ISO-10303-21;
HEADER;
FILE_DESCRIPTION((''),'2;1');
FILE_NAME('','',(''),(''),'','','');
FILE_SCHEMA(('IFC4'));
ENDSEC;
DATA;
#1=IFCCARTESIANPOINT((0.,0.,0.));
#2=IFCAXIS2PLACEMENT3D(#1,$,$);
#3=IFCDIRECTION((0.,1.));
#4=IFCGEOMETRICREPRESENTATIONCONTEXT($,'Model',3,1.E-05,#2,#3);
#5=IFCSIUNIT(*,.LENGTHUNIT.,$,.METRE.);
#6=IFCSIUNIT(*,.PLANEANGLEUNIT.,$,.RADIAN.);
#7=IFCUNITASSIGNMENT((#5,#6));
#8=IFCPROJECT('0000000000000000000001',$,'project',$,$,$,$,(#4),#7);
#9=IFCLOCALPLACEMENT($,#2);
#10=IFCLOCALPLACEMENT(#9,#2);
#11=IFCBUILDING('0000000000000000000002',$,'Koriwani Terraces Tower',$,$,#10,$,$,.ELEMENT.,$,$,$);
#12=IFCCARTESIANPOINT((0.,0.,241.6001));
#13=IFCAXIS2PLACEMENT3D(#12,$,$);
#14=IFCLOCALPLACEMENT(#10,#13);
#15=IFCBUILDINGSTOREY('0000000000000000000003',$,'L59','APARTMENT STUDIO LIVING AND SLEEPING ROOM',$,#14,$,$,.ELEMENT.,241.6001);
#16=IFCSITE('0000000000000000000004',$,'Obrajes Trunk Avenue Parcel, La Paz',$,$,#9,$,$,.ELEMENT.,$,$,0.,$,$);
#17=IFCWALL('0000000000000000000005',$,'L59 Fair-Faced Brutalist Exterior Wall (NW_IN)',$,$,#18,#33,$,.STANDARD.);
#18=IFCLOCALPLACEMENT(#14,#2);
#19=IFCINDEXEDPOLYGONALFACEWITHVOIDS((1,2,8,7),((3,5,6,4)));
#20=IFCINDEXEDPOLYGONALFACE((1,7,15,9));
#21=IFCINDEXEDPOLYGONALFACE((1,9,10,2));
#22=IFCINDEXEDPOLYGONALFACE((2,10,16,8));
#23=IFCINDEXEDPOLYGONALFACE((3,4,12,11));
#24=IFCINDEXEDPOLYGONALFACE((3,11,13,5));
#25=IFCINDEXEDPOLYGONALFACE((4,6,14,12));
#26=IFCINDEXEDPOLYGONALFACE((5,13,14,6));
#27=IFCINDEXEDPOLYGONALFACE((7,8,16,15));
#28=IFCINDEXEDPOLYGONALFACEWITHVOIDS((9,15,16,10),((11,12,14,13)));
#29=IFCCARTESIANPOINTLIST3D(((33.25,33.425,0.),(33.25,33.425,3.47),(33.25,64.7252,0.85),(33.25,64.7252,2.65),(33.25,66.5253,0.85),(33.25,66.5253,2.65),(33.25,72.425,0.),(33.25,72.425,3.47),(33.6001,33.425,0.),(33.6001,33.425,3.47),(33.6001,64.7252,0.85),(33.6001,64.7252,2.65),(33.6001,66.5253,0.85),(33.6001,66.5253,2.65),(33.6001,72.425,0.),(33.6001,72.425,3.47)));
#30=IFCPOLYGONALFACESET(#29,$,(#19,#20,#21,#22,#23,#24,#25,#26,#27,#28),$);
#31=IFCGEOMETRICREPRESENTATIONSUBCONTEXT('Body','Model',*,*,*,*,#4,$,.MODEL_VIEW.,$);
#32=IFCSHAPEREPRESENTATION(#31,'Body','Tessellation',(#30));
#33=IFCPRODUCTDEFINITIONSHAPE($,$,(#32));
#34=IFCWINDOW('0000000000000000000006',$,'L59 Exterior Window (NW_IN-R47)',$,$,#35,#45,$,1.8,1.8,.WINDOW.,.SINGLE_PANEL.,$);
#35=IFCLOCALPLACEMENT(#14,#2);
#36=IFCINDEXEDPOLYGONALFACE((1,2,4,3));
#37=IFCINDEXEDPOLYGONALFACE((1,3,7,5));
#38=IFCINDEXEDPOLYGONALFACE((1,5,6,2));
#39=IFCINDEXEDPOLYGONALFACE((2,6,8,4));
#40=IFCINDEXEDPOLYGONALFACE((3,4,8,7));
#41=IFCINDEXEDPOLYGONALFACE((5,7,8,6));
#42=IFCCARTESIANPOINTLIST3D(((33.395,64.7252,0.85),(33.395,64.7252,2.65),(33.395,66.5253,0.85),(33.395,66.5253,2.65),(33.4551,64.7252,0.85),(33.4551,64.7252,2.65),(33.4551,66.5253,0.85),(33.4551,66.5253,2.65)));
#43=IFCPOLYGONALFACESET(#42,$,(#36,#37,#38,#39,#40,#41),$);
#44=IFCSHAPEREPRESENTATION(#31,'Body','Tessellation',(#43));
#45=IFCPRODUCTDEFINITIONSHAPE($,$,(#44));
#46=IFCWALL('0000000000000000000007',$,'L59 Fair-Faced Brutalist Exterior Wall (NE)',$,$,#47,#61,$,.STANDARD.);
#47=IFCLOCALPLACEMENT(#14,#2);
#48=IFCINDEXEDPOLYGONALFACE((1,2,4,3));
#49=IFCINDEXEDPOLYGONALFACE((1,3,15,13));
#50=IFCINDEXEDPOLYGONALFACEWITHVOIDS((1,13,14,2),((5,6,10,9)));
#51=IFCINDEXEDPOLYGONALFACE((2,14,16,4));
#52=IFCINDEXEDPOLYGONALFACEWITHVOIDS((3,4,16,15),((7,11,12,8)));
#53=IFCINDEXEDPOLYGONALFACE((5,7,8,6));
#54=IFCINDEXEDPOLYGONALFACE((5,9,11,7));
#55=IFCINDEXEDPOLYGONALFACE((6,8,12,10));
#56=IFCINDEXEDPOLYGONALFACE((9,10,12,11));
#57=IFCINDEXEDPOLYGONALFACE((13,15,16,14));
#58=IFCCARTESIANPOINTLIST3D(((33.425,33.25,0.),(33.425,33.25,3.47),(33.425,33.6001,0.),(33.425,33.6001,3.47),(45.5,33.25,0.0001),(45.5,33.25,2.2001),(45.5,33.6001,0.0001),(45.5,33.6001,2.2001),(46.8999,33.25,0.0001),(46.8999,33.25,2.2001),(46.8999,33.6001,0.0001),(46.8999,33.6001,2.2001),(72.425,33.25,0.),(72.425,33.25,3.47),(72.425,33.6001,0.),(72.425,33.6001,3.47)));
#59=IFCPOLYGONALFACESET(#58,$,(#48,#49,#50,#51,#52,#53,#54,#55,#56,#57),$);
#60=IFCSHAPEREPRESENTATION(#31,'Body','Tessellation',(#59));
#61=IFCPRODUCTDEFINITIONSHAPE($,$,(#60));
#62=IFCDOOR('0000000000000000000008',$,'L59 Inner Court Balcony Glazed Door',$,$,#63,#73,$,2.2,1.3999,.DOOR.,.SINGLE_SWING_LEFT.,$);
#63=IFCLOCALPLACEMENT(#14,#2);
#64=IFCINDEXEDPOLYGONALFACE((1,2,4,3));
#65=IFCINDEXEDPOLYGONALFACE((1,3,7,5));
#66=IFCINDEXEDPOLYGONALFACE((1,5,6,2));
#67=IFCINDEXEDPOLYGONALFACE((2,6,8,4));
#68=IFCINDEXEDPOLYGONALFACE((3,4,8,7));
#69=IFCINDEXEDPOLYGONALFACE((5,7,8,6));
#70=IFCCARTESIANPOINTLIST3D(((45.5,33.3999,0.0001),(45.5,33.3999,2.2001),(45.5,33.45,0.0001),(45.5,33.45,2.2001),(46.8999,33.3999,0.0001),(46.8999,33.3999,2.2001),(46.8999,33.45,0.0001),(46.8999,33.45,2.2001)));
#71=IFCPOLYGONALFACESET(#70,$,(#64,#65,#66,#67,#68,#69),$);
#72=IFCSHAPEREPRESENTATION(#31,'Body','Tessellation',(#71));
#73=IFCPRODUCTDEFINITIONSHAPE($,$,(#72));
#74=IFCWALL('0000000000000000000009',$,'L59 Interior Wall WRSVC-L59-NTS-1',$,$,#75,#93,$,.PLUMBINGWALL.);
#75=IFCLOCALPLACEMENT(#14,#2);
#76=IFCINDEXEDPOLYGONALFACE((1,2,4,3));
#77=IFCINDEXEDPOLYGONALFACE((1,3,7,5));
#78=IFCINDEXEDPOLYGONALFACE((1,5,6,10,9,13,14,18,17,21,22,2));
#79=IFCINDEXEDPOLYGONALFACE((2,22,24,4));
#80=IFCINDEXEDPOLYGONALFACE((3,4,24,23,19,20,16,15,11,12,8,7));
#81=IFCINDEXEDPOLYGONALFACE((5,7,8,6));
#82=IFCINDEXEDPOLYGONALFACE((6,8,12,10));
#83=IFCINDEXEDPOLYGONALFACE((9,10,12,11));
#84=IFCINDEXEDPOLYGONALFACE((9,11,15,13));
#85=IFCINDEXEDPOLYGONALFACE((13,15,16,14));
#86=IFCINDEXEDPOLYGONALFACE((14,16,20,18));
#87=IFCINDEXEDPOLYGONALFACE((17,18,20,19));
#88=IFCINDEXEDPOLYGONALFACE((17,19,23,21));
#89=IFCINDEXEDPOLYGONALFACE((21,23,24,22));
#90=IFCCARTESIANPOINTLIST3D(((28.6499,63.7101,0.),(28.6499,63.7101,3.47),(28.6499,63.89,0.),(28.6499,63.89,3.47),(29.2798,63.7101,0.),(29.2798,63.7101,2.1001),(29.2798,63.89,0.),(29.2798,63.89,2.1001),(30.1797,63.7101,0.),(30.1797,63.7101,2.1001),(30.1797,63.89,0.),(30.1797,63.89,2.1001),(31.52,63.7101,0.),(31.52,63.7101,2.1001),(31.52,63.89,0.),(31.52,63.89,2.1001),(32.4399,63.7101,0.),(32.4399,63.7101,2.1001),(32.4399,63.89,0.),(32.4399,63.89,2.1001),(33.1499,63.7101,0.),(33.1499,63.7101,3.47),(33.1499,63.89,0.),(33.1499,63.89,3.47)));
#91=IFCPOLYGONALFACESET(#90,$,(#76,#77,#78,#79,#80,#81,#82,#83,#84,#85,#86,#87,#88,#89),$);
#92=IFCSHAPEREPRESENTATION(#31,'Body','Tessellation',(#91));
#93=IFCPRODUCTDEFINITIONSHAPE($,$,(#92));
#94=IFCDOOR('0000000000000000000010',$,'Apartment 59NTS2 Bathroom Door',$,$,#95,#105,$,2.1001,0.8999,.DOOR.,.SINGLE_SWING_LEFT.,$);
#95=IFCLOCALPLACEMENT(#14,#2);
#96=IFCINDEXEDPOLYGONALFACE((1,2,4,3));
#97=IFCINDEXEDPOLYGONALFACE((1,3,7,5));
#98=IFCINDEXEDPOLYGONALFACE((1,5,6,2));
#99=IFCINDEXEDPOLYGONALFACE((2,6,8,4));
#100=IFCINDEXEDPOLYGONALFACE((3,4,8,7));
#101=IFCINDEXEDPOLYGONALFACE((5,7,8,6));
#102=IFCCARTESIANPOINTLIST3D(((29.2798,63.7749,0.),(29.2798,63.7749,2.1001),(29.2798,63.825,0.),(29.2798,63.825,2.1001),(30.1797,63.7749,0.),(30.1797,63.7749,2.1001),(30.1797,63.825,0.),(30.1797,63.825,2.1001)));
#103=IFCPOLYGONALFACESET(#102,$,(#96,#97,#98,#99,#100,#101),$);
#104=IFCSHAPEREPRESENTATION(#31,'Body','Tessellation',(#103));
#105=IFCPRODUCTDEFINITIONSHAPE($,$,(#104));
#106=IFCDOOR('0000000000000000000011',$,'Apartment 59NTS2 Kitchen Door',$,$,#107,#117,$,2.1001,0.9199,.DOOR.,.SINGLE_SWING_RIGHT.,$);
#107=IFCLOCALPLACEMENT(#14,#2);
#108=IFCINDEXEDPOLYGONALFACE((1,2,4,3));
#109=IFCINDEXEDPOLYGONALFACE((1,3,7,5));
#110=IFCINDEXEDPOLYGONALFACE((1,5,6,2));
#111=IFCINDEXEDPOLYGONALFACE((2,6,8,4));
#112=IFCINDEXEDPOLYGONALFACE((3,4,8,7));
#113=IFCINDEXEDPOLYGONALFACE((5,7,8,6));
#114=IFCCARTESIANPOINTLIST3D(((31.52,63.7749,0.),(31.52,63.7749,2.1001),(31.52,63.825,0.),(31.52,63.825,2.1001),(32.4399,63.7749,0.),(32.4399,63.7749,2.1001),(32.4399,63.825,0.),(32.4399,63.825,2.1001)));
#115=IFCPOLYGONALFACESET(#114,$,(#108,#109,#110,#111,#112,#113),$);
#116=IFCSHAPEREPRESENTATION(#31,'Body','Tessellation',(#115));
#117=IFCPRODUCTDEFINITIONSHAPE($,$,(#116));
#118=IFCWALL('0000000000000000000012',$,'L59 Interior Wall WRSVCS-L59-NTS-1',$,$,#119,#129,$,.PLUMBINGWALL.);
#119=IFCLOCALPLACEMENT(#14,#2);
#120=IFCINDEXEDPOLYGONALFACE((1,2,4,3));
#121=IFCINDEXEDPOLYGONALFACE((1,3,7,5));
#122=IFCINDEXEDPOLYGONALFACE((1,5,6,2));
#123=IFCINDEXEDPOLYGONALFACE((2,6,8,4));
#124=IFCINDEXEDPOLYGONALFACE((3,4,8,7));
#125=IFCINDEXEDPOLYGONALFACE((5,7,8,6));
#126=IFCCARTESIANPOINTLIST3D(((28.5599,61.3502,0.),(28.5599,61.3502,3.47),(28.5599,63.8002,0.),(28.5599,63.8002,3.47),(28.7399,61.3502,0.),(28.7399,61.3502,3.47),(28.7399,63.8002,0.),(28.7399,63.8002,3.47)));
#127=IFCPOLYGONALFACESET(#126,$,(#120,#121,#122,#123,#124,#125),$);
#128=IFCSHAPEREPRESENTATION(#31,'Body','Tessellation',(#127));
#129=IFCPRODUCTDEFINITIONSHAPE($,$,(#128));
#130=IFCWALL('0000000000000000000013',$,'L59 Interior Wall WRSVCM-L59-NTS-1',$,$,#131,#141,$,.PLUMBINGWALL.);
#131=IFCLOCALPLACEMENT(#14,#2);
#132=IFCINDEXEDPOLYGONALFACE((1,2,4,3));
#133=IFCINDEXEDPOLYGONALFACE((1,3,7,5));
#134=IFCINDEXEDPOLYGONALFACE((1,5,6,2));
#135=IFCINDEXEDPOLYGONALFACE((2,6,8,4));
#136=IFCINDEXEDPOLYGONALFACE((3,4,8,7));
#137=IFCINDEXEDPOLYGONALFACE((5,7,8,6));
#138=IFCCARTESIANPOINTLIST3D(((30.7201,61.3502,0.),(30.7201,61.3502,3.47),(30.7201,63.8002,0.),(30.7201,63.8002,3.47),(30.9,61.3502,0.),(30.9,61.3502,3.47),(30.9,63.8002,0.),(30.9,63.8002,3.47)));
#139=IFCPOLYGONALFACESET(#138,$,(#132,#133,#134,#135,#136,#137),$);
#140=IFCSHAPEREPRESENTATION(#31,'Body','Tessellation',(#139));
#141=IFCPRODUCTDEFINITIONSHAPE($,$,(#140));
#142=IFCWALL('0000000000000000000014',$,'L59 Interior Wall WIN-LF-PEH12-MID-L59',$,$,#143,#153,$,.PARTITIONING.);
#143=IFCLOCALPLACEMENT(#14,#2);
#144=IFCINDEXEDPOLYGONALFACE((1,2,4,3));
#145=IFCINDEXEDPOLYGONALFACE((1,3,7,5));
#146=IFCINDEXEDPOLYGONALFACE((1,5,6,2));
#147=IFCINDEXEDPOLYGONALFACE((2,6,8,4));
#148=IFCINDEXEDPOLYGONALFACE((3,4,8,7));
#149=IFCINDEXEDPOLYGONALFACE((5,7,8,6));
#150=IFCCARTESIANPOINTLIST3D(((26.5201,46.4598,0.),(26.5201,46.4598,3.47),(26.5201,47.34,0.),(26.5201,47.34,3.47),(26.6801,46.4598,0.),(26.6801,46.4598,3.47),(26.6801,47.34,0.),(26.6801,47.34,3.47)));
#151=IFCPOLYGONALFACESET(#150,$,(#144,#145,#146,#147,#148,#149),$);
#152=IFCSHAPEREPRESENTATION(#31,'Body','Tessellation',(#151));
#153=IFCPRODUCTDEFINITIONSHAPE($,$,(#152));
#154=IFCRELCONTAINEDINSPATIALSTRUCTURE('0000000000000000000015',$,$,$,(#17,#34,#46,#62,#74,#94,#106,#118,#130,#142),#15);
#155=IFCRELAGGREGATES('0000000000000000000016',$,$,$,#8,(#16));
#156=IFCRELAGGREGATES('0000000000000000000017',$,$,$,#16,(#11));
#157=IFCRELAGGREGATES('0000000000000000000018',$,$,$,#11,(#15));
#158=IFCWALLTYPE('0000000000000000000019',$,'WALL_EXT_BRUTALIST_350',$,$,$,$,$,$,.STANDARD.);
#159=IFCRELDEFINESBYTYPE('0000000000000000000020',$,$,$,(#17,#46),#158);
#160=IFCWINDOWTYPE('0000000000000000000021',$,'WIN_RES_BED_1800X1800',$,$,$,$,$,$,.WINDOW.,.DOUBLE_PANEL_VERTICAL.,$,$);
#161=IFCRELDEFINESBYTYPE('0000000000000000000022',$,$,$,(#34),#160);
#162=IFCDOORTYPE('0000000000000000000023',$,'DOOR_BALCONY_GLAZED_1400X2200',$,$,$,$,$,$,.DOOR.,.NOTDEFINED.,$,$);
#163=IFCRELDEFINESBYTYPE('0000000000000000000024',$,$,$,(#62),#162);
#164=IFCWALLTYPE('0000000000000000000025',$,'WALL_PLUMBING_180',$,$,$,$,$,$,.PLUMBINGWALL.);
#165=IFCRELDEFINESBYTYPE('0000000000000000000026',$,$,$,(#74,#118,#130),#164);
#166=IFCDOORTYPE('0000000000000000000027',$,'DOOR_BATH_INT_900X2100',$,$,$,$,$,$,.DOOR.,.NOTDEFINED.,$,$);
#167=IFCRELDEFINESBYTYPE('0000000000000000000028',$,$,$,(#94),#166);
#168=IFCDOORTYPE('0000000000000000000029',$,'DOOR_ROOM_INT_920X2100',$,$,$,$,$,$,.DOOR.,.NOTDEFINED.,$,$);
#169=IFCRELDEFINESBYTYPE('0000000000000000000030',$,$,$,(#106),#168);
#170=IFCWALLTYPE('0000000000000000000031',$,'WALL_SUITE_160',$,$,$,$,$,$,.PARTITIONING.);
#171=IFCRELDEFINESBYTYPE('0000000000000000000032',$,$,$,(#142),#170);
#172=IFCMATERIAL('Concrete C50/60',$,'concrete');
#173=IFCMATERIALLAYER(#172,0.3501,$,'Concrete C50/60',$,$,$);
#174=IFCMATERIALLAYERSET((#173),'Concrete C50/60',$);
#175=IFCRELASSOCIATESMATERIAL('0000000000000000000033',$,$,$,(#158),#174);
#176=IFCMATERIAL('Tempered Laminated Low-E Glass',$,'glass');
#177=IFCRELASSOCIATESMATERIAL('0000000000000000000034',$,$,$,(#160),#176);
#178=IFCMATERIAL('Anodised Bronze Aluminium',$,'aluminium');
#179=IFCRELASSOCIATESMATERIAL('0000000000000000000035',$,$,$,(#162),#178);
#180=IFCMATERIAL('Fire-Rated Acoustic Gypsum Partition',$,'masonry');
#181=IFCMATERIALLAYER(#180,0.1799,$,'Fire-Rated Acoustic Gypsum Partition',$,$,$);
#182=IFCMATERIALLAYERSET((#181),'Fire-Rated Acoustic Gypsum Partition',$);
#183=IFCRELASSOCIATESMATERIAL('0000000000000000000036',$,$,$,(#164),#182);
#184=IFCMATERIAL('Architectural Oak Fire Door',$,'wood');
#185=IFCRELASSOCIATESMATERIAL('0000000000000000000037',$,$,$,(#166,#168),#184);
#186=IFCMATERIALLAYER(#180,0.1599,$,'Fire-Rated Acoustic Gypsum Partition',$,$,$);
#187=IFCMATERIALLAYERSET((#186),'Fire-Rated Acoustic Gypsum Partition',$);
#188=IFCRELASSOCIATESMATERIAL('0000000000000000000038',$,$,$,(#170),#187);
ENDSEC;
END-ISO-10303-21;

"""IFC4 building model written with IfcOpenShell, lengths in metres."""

from ifc_helpers import new_model, si_unit, direction, frame, frame_2d, origin, place, context, subcontext, project, spatial, rectangle, extrude, material, layer, layer_set, type_object, element, fill, save


model = new_model("IFC4")

# Units and contexts
model_context = context("Model", 3, precision=1e-05, world=origin(), true_north=direction((0.0, 1.0)))
body_context = subcontext(model_context, "Body", "Model", "MODEL_VIEW")
ifc_project = project(units=[si_unit("LENGTHUNIT", "METRE"), si_unit("PLANEANGLEUNIT", "RADIAN")], contexts=[model_context])

# Site, building, storey
site_placement = place(None, origin())
site = spatial("IfcSite", under=ifc_project, at=site_placement, Name="Obrajes Trunk Avenue Parcel, La Paz", CompositionType="ELEMENT", RefElevation=0.0)
building_placement = place(site_placement, origin())
building = spatial("IfcBuilding", under=site, at=building_placement, Name="Koriwani Terraces Tower", CompositionType="ELEMENT")
storey_placement = place(building_placement, frame((0.0, 0.0, 241.6001)))
storey = spatial("IfcBuildingStorey", under=building, at=storey_placement, Name="L59", Description="APARTMENT STUDIO LIVING AND SLEEPING ROOM", CompositionType="ELEMENT", Elevation=241.6001)

# Shared definitions
ifc_material_1 = material(Name="Concrete C50/60", Category="concrete")

# Shared definitions
ifc_material_2 = material(Name="Architectural Oak Fire Door", Category="wood")

# Shared definitions
ifc_layer_1 = layer(ifc_material_1, 0.3501, Name="Concrete C50/60")
ifc_layer_set_1 = layer_set([ifc_layer_1], Name="Concrete C50/60")
wall_type_1 = type_object("IfcWallType", Name="WALL_EXT_BRUTALIST_350", PredefinedType="STANDARD", material=ifc_layer_set_1)

# Wall, opening, window
ifc_material_3 = material(Name="Tempered Laminated Low-E Glass", Category="glass")
window_type = type_object("IfcWindowType", Name="WIN_RES_BED_1800X1800", PartitioningType="DOUBLE_PANEL_VERTICAL", PredefinedType="WINDOW", material=ifc_material_3)
wall_1_placement = place(storey_placement, frame((33.425, 72.425, 0.0), z_axis=(0.0, 0.0, 1.0), x_axis=(0.0, -1.0, 0.0)))
wall_1 = element("IfcWall", 1, at=wall_1_placement, inside=storey, type_object=wall_type_1, Name="L59 Fair-Faced Brutalist Exterior Wall (NW_IN)", PredefinedType="STANDARD", context=body_context, shape_type="SweptSolid", body=[
    extrude(rectangle(XDim=39.0, YDim=0.3501, at=frame_2d((19.5, 0.0))), origin(), (0.0, 0.0, 1.0), 3.47),
])
opening_1_placement = place(wall_1_placement, frame((5.8999, 0.0, 0.8501)))
opening_1 = element("IfcOpeningElement", 2, at=opening_1_placement, cuts=wall_1, PredefinedType="OPENING", context=body_context, shape_type="SweptSolid", body=[
    extrude(rectangle(XDim=1.8, YDim=1.8, at=frame_2d((0.8999, 0.8999))), frame((0.0, 0.1851, 0.0), z_axis=(0.0, -1.0, 0.0), x_axis=(1.0, 0.0, 0.0)), (0.0, 0.0, 1.0), 0.3701),
])
window_1_placement = place(opening_1_placement, origin())
window_1 = element("IfcWindow", 3, at=window_1_placement, inside=storey, type_object=window_type, Name="L59 Exterior Window (NW_IN-R47)", OverallHeight=1.8, OverallWidth=1.8, PartitioningType="SINGLE_PANEL", PredefinedType="WINDOW", context=body_context, shape_type="SweptSolid", body=[
    extrude(rectangle(XDim=1.8, YDim=1.8, at=frame_2d((0.8999, 0.8999))), frame((0.0, 0.03, 0.0), z_axis=(0.0, -1.0, 0.0), x_axis=(1.0, 0.0, 0.0)), (0.0, 0.0, 1.0), 0.0601),
])
fill(opening_1, window_1)

# Wall, opening, door
wall_2_placement = place(storey_placement, frame((33.425, 33.425, 0.0), z_axis=(0.0, 0.0, 1.0), x_axis=(1.0, 0.0, 0.0)))
wall_2 = element("IfcWall", 4, at=wall_2_placement, inside=storey, type_object=wall_type_1, Name="L59 Fair-Faced Brutalist Exterior Wall (NE)", PredefinedType="STANDARD", context=body_context, shape_type="SweptSolid", body=[
    extrude(rectangle(XDim=39.0, YDim=0.3501, at=frame_2d((19.5, 0.0))), origin(), (0.0, 0.0, 1.0), 3.47),
])
opening_2_placement = place(wall_2_placement, frame((12.075, 0.0, 0.0)))
opening_2 = element("IfcOpeningElement", 5, at=opening_2_placement, cuts=wall_2, PredefinedType="OPENING", context=body_context, shape_type="SweptSolid", body=[
    extrude(rectangle(XDim=1.3999, YDim=2.2, at=frame_2d((0.7, 1.1001))), frame((0.0, 0.1851, 0.0), z_axis=(0.0, -1.0, 0.0), x_axis=(1.0, 0.0, 0.0)), (0.0, 0.0, 1.0), 0.3701),
])
ifc_material_4 = material(Name="Anodised Bronze Aluminium", Category="aluminium")
door_type_1 = type_object("IfcDoorType", Name="DOOR_BALCONY_GLAZED_1400X2200", OperationType="NOTDEFINED", PredefinedType="DOOR", material=ifc_material_4)
door_1_placement = place(opening_2_placement, origin())
door_1 = element("IfcDoor", 6, at=door_1_placement, inside=storey, type_object=door_type_1, Name="L59 Inner Court Balcony Glazed Door", OperationType="SINGLE_SWING_LEFT", OverallHeight=2.2, OverallWidth=1.3999, PredefinedType="DOOR", context=body_context, shape_type="SweptSolid", body=[
    extrude(rectangle(XDim=1.3999, YDim=2.2, at=frame_2d((0.7, 1.1001))), frame((0.0, 0.0249, 0.0), z_axis=(0.0, -1.0, 0.0), x_axis=(1.0, 0.0, 0.0)), (0.0, 0.0, 1.0), 0.05),
])
fill(opening_2, door_1)

# Wall, openings, doors
ifc_material_5 = material(Name="Fire-Rated Acoustic Gypsum Partition", Category="masonry")
ifc_layer_2 = layer(ifc_material_5, 0.1799, Name="Fire-Rated Acoustic Gypsum Partition")
ifc_layer_set_2 = layer_set([ifc_layer_2], Name="Fire-Rated Acoustic Gypsum Partition")
wall_type_2 = type_object("IfcWallType", Name="WALL_PLUMBING_180", PredefinedType="PLUMBINGWALL", material=ifc_layer_set_2)
wall_3_placement = place(storey_placement, frame((28.6499, 63.8, 0.0), z_axis=(0.0, 0.0, 1.0), x_axis=(1.0, 0.0, 0.0)))
wall_3 = element("IfcWall", 7, at=wall_3_placement, inside=storey, type_object=wall_type_2, Name="L59 Interior Wall WRSVC-L59-NTS-1", PredefinedType="PLUMBINGWALL", context=body_context, shape_type="SweptSolid", body=[
    extrude(rectangle(XDim=4.5, YDim=0.1799, at=frame_2d((2.25, 0.0))), origin(), (0.0, 0.0, 1.0), 3.47),
])
opening_3_placement = place(wall_3_placement, frame((0.6299, 0.0, 0.0)))
opening_3 = element("IfcOpeningElement", 8, at=opening_3_placement, cuts=wall_3, PredefinedType="OPENING", context=body_context, shape_type="SweptSolid", body=[
    extrude(rectangle(XDim=0.8999, YDim=2.1001, at=frame_2d((0.45, 1.05))), frame((0.0, 0.1001, 0.0), z_axis=(0.0, -1.0, 0.0), x_axis=(1.0, 0.0, 0.0)), (0.0, 0.0, 1.0), 0.2),
])
opening_4_placement = place(wall_3_placement, frame((2.8701, 0.0, 0.0)))
opening_4 = element("IfcOpeningElement", 9, at=opening_4_placement, cuts=wall_3, PredefinedType="OPENING", context=body_context, shape_type="SweptSolid", body=[
    extrude(rectangle(XDim=0.9199, YDim=2.1001, at=frame_2d((0.46, 1.05))), frame((0.0, 0.1001, 0.0), z_axis=(0.0, -1.0, 0.0), x_axis=(1.0, 0.0, 0.0)), (0.0, 0.0, 1.0), 0.2),
])
door_type_2 = type_object("IfcDoorType", Name="DOOR_BATH_INT_900X2100", OperationType="NOTDEFINED", PredefinedType="DOOR", material=ifc_material_2)
door_2_placement = place(opening_3_placement, origin())
door_2 = element("IfcDoor", 10, at=door_2_placement, inside=storey, type_object=door_type_2, Name="Apartment 59NTS2 Bathroom Door", OperationType="SINGLE_SWING_LEFT", OverallHeight=2.1001, OverallWidth=0.8999, PredefinedType="DOOR", context=body_context, shape_type="SweptSolid", body=[
    extrude(rectangle(XDim=0.8999, YDim=2.1001, at=frame_2d((0.45, 1.05))), frame((0.0, 0.0249, 0.0), z_axis=(0.0, -1.0, 0.0), x_axis=(1.0, 0.0, 0.0)), (0.0, 0.0, 1.0), 0.05),
])
fill(opening_3, door_2)
door_type_3 = type_object("IfcDoorType", Name="DOOR_ROOM_INT_920X2100", OperationType="NOTDEFINED", PredefinedType="DOOR", material=ifc_material_2)
door_3_placement = place(opening_4_placement, origin())
door_3 = element("IfcDoor", 11, at=door_3_placement, inside=storey, type_object=door_type_3, Name="Apartment 59NTS2 Kitchen Door", OperationType="SINGLE_SWING_RIGHT", OverallHeight=2.1001, OverallWidth=0.9199, PredefinedType="DOOR", context=body_context, shape_type="SweptSolid", body=[
    extrude(rectangle(XDim=0.9199, YDim=2.1001, at=frame_2d((0.46, 1.05))), frame((0.0, 0.0249, 0.0), z_axis=(0.0, -1.0, 0.0), x_axis=(1.0, 0.0, 0.0)), (0.0, 0.0, 1.0), 0.05),
])
fill(opening_4, door_3)

# Walls
for number, where, z_axis, x_axis, name in (
    (12, (28.6499, 61.3501, 0.0), (0.0, 0.0, 1.0), (0.0, 1.0, 0.0), "L59 Interior Wall WRSVCS-L59-NTS-1"),
    (13, (30.8101, 61.3501, 0.0), (0.0, 0.0, 1.0), (0.0, 1.0, 0.0), "L59 Interior Wall WRSVCM-L59-NTS-1"),
):
    element("IfcWall", number, at=place(storey_placement, frame(where, z_axis=z_axis, x_axis=x_axis)), inside=storey, type_object=wall_type_2, Name=name, PredefinedType="PLUMBINGWALL", context=body_context, shape_type="SweptSolid", body=[
        extrude(rectangle(XDim=2.45, YDim=0.1799, at=frame_2d((1.2251, 0.0))), origin(), (0.0, 0.0, 1.0), 3.47),
    ])

# Wall
ifc_layer_3 = layer(ifc_material_5, 0.1599, Name="Fire-Rated Acoustic Gypsum Partition")
ifc_layer_set_3 = layer_set([ifc_layer_3], Name="Fire-Rated Acoustic Gypsum Partition")
wall_type_3 = type_object("IfcWallType", Name="WALL_SUITE_160", PredefinedType="PARTITIONING", material=ifc_layer_set_3)
wall_4_placement = place(storey_placement, frame((26.6001, 46.46, 0.0), z_axis=(0.0, 0.0, 1.0), x_axis=(0.0, 1.0, 0.0)))
element("IfcWall", 14, at=wall_4_placement, inside=storey, type_object=wall_type_3, Name="L59 Interior Wall WIN-LF-PEH12-MID-L59", PredefinedType="PARTITIONING", context=body_context, shape_type="SweptSolid", body=[
    extrude(rectangle(XDim=0.8801, YDim=0.1599, at=frame_2d((0.4399, 0.0))), origin(), (0.0, 0.0, 1.0), 3.47),
])

save(model, "model.ifc")
